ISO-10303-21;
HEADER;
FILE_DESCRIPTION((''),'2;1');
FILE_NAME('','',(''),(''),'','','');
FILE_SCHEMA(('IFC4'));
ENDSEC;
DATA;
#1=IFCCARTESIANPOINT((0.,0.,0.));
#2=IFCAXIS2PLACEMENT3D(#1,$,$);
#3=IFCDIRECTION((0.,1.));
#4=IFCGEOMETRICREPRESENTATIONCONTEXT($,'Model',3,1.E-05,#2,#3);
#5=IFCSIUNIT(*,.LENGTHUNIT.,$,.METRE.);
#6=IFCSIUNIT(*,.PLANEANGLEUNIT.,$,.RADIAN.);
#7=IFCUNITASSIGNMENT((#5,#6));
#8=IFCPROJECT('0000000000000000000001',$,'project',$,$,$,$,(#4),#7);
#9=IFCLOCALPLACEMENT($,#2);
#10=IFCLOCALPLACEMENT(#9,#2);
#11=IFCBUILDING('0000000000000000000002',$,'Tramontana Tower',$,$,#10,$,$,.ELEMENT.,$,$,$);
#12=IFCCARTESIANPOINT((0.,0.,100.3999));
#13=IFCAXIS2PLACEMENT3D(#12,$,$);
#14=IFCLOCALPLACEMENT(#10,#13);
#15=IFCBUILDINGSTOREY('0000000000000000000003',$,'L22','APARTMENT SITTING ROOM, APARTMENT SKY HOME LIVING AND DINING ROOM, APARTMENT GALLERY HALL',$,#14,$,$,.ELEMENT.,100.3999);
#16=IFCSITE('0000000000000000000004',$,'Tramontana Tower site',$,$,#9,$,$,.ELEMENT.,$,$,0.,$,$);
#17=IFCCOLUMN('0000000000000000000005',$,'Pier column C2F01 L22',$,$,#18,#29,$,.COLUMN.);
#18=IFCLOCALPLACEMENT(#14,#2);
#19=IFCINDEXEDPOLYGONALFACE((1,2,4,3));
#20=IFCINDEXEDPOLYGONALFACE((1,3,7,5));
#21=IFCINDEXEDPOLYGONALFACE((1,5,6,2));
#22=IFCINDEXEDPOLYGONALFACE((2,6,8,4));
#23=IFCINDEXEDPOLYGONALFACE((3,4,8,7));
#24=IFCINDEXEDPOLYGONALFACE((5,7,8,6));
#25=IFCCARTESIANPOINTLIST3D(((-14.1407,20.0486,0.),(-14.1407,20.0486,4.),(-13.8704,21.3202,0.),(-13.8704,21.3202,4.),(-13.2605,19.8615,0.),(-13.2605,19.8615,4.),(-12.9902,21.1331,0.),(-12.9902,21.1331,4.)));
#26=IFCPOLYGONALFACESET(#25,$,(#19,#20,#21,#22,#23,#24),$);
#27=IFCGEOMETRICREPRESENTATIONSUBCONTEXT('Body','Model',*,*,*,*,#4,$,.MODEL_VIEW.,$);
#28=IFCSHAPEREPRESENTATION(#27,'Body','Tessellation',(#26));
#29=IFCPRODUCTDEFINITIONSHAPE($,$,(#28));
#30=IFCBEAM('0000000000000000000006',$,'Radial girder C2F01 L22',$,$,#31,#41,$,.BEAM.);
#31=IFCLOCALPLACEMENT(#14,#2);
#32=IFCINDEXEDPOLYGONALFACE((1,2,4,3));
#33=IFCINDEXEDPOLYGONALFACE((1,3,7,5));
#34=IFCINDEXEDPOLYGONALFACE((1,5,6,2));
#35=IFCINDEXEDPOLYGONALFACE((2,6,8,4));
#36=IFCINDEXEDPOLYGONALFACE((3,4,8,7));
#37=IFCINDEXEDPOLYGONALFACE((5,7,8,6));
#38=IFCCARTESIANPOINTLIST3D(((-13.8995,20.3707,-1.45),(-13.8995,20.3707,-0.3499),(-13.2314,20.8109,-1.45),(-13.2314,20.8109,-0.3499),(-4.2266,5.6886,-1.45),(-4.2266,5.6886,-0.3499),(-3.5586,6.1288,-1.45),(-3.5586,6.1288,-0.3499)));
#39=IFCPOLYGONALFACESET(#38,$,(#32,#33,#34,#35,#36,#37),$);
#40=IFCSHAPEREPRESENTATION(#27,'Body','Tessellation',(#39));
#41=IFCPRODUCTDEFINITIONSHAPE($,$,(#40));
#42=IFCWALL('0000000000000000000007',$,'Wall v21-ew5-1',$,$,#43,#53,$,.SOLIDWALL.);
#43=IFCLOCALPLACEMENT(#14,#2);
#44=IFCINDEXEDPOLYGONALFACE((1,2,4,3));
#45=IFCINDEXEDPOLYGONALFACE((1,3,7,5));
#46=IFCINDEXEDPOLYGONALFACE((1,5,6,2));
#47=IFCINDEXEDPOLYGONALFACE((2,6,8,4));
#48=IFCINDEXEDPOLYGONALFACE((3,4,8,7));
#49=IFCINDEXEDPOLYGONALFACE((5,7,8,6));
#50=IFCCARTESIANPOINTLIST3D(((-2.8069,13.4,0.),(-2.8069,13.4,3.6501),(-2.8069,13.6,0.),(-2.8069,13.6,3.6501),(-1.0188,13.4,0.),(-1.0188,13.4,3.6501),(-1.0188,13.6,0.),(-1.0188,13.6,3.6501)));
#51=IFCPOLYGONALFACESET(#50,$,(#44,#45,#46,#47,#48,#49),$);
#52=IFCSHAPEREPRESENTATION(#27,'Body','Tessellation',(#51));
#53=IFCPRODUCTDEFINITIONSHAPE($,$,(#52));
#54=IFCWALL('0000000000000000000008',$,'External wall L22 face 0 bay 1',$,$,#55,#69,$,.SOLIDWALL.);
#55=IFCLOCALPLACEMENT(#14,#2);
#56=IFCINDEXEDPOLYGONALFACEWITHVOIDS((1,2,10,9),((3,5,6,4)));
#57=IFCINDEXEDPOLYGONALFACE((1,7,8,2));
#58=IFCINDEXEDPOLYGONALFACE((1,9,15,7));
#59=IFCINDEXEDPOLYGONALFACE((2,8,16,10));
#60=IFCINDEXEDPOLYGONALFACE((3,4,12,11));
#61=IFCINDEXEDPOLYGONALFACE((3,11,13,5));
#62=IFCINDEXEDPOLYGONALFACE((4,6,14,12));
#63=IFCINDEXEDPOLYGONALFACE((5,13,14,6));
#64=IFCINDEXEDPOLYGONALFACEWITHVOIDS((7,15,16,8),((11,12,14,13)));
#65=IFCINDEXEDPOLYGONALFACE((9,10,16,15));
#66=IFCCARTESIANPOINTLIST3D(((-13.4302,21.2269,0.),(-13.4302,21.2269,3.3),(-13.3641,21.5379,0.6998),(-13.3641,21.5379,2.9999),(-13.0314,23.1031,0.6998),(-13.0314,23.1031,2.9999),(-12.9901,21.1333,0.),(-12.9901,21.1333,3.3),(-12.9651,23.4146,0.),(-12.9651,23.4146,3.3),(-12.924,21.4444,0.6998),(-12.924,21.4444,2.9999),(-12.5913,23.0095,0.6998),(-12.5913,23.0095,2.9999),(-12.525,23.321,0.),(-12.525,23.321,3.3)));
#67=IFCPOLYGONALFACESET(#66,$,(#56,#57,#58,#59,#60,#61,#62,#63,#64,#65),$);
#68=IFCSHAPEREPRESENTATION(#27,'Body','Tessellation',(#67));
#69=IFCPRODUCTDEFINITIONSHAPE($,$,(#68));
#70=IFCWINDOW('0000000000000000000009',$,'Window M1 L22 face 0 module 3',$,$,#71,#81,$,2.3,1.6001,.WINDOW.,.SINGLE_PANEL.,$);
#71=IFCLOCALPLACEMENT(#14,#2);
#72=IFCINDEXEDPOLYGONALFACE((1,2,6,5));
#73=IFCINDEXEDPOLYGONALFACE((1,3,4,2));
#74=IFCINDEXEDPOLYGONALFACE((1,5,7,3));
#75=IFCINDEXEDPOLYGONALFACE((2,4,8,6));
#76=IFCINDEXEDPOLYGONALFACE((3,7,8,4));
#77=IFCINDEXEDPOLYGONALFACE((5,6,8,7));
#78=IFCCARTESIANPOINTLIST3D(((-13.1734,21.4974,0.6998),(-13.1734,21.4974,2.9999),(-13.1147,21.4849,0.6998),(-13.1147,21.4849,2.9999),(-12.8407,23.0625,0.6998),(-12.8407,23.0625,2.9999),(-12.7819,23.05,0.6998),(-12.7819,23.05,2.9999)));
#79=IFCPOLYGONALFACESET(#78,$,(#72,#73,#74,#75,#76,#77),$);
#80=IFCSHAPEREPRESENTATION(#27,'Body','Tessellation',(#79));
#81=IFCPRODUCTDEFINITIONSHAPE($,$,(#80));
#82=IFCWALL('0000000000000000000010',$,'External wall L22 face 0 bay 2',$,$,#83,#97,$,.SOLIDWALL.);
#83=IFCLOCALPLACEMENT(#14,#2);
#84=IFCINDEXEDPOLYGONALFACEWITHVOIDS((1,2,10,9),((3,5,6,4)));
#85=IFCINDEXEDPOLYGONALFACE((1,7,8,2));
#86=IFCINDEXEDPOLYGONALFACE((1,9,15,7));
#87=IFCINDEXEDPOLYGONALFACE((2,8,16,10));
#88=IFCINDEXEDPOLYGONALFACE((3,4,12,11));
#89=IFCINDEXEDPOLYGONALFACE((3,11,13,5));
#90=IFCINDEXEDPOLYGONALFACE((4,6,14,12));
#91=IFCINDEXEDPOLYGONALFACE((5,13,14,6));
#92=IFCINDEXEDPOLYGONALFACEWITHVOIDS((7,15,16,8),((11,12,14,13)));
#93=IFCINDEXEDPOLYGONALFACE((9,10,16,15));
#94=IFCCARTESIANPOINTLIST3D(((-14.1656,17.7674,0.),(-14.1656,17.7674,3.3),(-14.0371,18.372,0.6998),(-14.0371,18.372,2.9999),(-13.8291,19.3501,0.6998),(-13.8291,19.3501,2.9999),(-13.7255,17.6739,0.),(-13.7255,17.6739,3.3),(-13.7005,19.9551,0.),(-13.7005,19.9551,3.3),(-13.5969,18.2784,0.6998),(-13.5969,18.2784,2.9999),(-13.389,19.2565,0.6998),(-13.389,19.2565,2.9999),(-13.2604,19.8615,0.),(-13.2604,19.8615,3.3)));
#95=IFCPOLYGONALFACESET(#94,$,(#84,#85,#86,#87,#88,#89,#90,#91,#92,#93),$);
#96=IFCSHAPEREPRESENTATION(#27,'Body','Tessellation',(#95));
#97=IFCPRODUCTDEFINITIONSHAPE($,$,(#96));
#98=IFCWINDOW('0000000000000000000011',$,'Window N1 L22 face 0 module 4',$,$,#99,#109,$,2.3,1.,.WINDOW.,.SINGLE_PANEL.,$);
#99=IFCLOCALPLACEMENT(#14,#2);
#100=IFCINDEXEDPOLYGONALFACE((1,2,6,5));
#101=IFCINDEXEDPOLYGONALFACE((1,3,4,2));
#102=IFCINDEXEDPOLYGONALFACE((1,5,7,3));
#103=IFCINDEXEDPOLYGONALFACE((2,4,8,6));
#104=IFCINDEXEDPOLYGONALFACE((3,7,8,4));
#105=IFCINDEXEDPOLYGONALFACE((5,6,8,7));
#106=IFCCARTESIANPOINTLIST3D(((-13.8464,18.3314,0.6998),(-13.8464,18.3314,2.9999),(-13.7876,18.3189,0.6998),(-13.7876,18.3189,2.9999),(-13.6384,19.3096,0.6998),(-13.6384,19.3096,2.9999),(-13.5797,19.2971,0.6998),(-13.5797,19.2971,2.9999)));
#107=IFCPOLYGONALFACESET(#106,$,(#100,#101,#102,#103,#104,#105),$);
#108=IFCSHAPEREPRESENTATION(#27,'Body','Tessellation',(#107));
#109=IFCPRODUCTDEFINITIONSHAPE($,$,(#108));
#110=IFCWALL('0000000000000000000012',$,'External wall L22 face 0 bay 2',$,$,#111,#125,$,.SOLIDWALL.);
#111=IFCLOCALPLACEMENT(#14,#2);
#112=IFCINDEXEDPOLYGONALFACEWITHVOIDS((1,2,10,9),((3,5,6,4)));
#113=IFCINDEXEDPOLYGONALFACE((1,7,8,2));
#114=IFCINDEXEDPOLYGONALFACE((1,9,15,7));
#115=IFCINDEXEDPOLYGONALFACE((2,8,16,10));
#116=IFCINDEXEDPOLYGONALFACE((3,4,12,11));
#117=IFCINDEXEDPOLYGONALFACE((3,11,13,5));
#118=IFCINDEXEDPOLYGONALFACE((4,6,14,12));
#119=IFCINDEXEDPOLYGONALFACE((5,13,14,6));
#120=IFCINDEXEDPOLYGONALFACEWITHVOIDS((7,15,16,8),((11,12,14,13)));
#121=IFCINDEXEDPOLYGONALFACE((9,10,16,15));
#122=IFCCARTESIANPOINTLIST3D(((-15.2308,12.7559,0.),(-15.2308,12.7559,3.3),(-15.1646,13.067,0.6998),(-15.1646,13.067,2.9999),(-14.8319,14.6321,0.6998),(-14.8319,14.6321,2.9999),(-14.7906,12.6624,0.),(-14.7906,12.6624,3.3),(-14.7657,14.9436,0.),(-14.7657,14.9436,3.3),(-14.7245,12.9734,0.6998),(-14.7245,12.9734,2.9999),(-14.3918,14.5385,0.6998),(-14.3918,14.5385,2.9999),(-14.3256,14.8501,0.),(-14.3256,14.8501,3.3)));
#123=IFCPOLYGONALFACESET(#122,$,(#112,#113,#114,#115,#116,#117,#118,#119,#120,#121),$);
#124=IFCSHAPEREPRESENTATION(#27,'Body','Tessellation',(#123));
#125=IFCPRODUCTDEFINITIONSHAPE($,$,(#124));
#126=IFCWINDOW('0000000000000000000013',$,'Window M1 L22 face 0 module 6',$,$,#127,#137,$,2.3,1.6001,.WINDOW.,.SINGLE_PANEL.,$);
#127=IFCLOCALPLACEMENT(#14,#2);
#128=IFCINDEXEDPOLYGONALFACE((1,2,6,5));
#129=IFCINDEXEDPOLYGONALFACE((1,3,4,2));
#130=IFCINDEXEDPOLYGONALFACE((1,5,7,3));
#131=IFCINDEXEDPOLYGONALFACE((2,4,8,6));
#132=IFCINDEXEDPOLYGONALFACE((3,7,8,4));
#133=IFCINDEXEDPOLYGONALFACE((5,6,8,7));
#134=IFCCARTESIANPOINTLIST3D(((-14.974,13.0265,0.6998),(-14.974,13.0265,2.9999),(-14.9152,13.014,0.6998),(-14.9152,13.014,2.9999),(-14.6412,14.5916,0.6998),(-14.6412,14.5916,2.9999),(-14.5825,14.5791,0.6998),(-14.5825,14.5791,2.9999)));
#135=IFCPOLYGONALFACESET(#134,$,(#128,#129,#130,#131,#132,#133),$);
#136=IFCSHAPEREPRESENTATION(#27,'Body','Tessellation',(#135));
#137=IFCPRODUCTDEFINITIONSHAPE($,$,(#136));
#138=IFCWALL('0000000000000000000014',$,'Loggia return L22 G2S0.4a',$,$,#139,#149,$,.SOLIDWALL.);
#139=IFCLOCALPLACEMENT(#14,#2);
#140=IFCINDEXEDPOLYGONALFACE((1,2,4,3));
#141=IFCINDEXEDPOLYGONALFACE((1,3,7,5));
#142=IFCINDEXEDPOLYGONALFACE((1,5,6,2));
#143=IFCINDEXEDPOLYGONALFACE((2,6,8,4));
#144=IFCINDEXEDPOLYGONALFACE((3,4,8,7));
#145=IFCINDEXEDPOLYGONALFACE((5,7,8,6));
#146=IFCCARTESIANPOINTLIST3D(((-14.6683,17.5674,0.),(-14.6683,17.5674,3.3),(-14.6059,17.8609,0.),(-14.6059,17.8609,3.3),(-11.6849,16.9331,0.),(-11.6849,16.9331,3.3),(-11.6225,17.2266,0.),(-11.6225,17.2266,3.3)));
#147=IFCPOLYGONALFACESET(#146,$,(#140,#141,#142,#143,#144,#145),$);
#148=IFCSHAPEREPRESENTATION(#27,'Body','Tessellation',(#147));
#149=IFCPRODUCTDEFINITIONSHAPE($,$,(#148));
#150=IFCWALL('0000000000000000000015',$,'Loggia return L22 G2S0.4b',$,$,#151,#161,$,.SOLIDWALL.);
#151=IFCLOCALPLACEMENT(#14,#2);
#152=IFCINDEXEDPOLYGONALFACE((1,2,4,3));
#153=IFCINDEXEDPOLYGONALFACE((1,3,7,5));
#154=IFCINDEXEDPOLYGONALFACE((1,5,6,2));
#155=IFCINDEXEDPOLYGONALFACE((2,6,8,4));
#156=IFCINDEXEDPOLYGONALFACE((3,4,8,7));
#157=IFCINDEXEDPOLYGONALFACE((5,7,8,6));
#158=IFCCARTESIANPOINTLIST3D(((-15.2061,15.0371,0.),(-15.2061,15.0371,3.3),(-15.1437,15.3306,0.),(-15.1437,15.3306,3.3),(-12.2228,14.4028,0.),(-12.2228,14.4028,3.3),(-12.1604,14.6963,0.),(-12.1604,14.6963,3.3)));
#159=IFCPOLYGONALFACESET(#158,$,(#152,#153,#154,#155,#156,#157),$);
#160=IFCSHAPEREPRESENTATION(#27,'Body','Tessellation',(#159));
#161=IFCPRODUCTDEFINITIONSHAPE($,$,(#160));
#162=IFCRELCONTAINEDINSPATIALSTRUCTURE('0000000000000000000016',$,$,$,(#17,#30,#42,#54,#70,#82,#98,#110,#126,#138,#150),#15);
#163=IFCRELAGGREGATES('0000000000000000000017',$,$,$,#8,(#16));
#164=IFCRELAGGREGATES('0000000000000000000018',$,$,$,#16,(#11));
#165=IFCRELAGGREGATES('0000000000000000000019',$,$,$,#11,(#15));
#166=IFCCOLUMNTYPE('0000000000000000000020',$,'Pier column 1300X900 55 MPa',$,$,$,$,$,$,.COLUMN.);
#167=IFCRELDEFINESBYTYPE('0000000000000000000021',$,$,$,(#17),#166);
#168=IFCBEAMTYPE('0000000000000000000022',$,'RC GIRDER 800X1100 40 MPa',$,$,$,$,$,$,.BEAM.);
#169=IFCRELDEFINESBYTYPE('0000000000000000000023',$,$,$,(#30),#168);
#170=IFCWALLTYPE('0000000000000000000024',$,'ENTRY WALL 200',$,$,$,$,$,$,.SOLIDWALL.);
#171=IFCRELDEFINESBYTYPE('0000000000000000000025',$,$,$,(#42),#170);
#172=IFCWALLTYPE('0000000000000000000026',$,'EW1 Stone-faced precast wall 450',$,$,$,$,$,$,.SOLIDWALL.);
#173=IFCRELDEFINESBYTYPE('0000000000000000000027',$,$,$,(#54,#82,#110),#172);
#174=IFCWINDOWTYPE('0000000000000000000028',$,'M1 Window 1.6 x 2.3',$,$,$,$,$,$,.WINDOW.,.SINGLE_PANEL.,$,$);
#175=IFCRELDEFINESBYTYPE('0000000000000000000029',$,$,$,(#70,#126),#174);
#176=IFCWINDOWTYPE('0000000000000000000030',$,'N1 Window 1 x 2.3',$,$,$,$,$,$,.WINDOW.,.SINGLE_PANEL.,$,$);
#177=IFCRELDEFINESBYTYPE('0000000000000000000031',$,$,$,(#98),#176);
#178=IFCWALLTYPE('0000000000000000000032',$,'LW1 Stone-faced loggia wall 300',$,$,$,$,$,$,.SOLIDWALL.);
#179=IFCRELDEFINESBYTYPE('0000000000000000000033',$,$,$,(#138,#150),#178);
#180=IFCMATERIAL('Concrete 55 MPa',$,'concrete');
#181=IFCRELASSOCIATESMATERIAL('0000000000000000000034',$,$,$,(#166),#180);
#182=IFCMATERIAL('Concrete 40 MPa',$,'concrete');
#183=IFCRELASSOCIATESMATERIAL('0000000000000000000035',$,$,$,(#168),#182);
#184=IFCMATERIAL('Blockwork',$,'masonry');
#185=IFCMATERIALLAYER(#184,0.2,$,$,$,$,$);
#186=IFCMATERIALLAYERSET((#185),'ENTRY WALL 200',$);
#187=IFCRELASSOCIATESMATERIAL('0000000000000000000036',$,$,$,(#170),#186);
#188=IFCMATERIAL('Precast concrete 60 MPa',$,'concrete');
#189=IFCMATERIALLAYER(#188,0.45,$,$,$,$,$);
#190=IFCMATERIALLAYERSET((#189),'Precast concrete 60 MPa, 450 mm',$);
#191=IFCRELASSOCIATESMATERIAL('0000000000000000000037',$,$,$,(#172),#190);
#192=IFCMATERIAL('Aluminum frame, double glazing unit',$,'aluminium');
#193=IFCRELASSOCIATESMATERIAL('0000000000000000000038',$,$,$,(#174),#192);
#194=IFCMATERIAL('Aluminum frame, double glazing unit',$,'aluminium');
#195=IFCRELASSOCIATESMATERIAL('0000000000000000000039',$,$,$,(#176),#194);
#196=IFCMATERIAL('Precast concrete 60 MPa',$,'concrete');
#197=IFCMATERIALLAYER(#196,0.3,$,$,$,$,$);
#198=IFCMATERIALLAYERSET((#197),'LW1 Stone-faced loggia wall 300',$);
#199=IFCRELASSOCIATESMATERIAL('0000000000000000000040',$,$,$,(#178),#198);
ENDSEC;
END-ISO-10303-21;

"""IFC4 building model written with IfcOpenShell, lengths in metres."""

from ifc_helpers import new_model, si_unit, direction, frame, frame_2d, origin, origin_2d, place, context, subcontext, project, spatial, rectangle, extrude, material, layer, layer_set, material_profile, profile_set, type_object, element, fill, save


model = new_model("IFC4")

# Units and contexts
model_context = context("Model", 3, precision=1e-05, world=origin(), true_north=direction((0.0, 1.0)))
body_context = subcontext(model_context, "Body", "Model", "MODEL_VIEW")
ifc_project = project(units=[si_unit("LENGTHUNIT", "METRE"), si_unit("PLANEANGLEUNIT", "RADIAN")], contexts=[model_context])

# Site, building, storey
site_placement = place(None, origin())
site = spatial("IfcSite", under=ifc_project, at=site_placement, Name="Tramontana Tower site", CompositionType="ELEMENT", RefElevation=0.0)
building_placement = place(site_placement, origin())
building = spatial("IfcBuilding", under=site, at=building_placement, Name="Tramontana Tower", CompositionType="ELEMENT")
storey_placement = place(building_placement, frame((0.0, 0.0, 100.3999)))
storey = spatial("IfcBuildingStorey", under=building, at=storey_placement, Name="L22", Description="APARTMENT SITTING ROOM, APARTMENT SKY HOME LIVING AND DINING ROOM, APARTMENT GALLERY HALL", CompositionType="ELEMENT", Elevation=100.3999)

# Column
ifc_material_1 = material(Name="Concrete 55 MPa", Category="concrete")
ifc_material_profile_1 = material_profile(ifc_material_1, rectangle(XDim=1.3, YDim=0.8999, at=origin_2d()), Name="Pier column 1300X900 55 MPa")
ifc_profile_set_1 = profile_set([ifc_material_profile_1], Name="Concrete 55 MPa")
column_type = type_object("IfcColumnType", Name="Pier column 1300X900 55 MPa", PredefinedType="COLUMN", material=ifc_profile_set_1)
column_placement = place(storey_placement, frame((-13.5654, 20.5908, 0.0), z_axis=(0.0, 0.0, 1.0), x_axis=(-0.207912, -0.978148, 0.0)))
element("IfcColumn", 1, at=column_placement, inside=storey, type_object=column_type, Name="Pier column C2F01 L22", PredefinedType="COLUMN", context=body_context, shape_type="SweptSolid", body=[
    extrude(rectangle(XDim=1.3, YDim=0.8999, at=origin_2d()), origin(), (0.0, 0.0, 1.0), 4.0),
])

# Beam
ifc_material_2 = material(Name="Concrete 40 MPa", Category="concrete")
ifc_material_profile_2 = material_profile(ifc_material_2, rectangle(XDim=0.8, YDim=1.1001, at=origin_2d()), Name="RC GIRDER 800X1100 40 MPa")
ifc_profile_set_2 = profile_set([ifc_material_profile_2], Name="Concrete 40 MPa")
beam_type = type_object("IfcBeamType", Name="RC GIRDER 800X1100 40 MPa", PredefinedType="BEAM", material=ifc_profile_set_2)
beam_placement = place(storey_placement, frame((-13.5654, 20.5908, -0.8999), z_axis=(0.550155, -0.835063, 0.0), x_axis=(0.835063, 0.550155, 0.0)))
element("IfcBeam", 2, at=beam_placement, inside=storey, type_object=beam_type, Name="Radial girder C2F01 L22", PredefinedType="BEAM", context=body_context, shape_type="SweptSolid", body=[
    extrude(rectangle(XDim=0.8, YDim=1.1001, at=origin_2d()), origin(), (0.0, 0.0, 1.0), 17.582),
])

# Wall
ifc_material_3 = material(Name="Blockwork", Category="masonry")
ifc_layer_1 = layer(ifc_material_3, 0.2)
ifc_layer_set_1 = layer_set([ifc_layer_1], Name="ENTRY WALL 200")
wall_type_1 = type_object("IfcWallType", Name="ENTRY WALL 200", PredefinedType="SOLIDWALL", material=ifc_layer_set_1)
wall_1_placement = place(storey_placement, frame((-2.8069, 13.5, 0.0), z_axis=(0.0, 0.0, 1.0), x_axis=(1.0, 0.0, 0.0)))
element("IfcWall", 3, at=wall_1_placement, inside=storey, type_object=wall_type_1, Name="Wall v21-ew5-1", PredefinedType="SOLIDWALL", context=body_context, shape_type="SweptSolid", body=[
    extrude(rectangle(XDim=1.7881, YDim=0.2, at=frame_2d((0.894, 0.0))), origin(), (0.0, 0.0, 1.0), 3.6501),
])

# Walls, openings, windows
ifc_material_4 = material(Name="Precast concrete 60 MPa", Category="concrete")
ifc_layer_2 = layer(ifc_material_4, 0.45)
ifc_layer_set_2 = layer_set([ifc_layer_2], Name="Precast concrete 60 MPa, 450 mm")
wall_type_2 = type_object("IfcWallType", Name="EW1 Stone-faced precast wall 450", PredefinedType="SOLIDWALL", material=ifc_layer_set_2)
wall_2_placement = place(storey_placement, frame((-12.7451, 23.3677, 0.0), z_axis=(0.0, 0.0, 1.0), x_axis=(-0.207941, -0.978141, 0.0)))
wall_2 = element("IfcWall", 4, at=wall_2_placement, inside=storey, type_object=wall_type_2, Name="External wall L22 face 0 bay 1", PredefinedType="SOLIDWALL", context=body_context, shape_type="SweptSolid", body=[
    extrude(rectangle(XDim=2.2366, YDim=0.45, at=frame_2d((1.1182, 0.0))), origin(), (0.0, 0.0, 1.0), 3.3),
])
opening_1_placement = place(wall_2_placement, frame((0.3184, 0.0, 0.7)))
opening_1 = element("IfcOpeningElement", 5, at=opening_1_placement, cuts=wall_2, PredefinedType="OPENING", context=body_context, shape_type="SweptSolid", body=[
    extrude(rectangle(XDim=1.6001, YDim=2.3, at=frame_2d((0.8, 1.1499))), frame((0.0, 0.2349, 0.0), z_axis=(0.0, -1.0, 0.0), x_axis=(1.0, 0.0, 0.0)), (0.0, 0.0, 1.0), 0.47),
])
ifc_material_5 = material(Name="Aluminum frame, double glazing unit", Category="aluminium")
window_type_1 = type_object("IfcWindowType", Name="M1 Window 1.6 x 2.3", PartitioningType="SINGLE_PANEL", PredefinedType="WINDOW", material=ifc_material_5)
window_1_placement = place(opening_1_placement, origin())
window_1 = element("IfcWindow", 6, at=window_1_placement, inside=storey, type_object=window_type_1, Name="Window M1 L22 face 0 module 3", OverallHeight=2.3, OverallWidth=1.6001, PartitioningType="SINGLE_PANEL", PredefinedType="WINDOW", context=body_context, shape_type="SweptSolid", body=[
    extrude(rectangle(XDim=1.6001, YDim=2.3, at=frame_2d((0.8, 1.1499))), frame((0.0, 0.03, 0.0), z_axis=(0.0, -1.0, 0.0), x_axis=(1.0, 0.0, 0.0)), (0.0, 0.0, 1.0), 0.0601),
])
fill(opening_1, window_1)
wall_3_placement = place(storey_placement, frame((-13.4805, 19.9082, 0.0), z_axis=(0.0, 0.0, 1.0), x_axis=(-0.207941, -0.978141, 0.0)))
wall_3 = element("IfcWall", 7, at=wall_3_placement, inside=storey, type_object=wall_type_2, Name="External wall L22 face 0 bay 2", PredefinedType="SOLIDWALL", context=body_context, shape_type="SweptSolid", body=[
    extrude(rectangle(XDim=2.2366, YDim=0.45, at=frame_2d((1.1182, 0.0))), origin(), (0.0, 0.0, 1.0), 3.3),
])
opening_2_placement = place(wall_3_placement, frame((0.6184, 0.0, 0.7)))
opening_2 = element("IfcOpeningElement", 8, at=opening_2_placement, cuts=wall_3, PredefinedType="OPENING", context=body_context, shape_type="SweptSolid", body=[
    extrude(rectangle(XDim=1.0, YDim=2.3, at=frame_2d((0.5, 1.1499))), frame((0.0, 0.2349, 0.0), z_axis=(0.0, -1.0, 0.0), x_axis=(1.0, 0.0, 0.0)), (0.0, 0.0, 1.0), 0.47),
])
ifc_material_6 = material(Name="Aluminum frame, double glazing unit", Category="aluminium")
window_type_2 = type_object("IfcWindowType", Name="N1 Window 1 x 2.3", PartitioningType="SINGLE_PANEL", PredefinedType="WINDOW", material=ifc_material_6)
window_2_placement = place(opening_2_placement, origin())
window_2 = element("IfcWindow", 9, at=window_2_placement, inside=storey, type_object=window_type_2, Name="Window N1 L22 face 0 module 4", OverallHeight=2.3, OverallWidth=1.0, PartitioningType="SINGLE_PANEL", PredefinedType="WINDOW", context=body_context, shape_type="SweptSolid", body=[
    extrude(rectangle(XDim=1.0, YDim=2.3, at=frame_2d((0.5, 1.1499))), frame((0.0, 0.03, 0.0), z_axis=(0.0, -1.0, 0.0), x_axis=(1.0, 0.0, 0.0)), (0.0, 0.0, 1.0), 0.0601),
])
fill(opening_2, window_2)
wall_4_placement = place(storey_placement, frame((-14.5457, 14.8967, 0.0), z_axis=(0.0, 0.0, 1.0), x_axis=(-0.207941, -0.978141, 0.0)))
wall_4 = element("IfcWall", 10, at=wall_4_placement, inside=storey, type_object=wall_type_2, Name="External wall L22 face 0 bay 2", PredefinedType="SOLIDWALL", context=body_context, shape_type="SweptSolid", body=[
    extrude(rectangle(XDim=2.2366, YDim=0.45, at=frame_2d((1.1182, 0.0))), origin(), (0.0, 0.0, 1.0), 3.3),
])
opening_3_placement = place(wall_4_placement, frame((0.3184, 0.0, 0.7)))
opening_3 = element("IfcOpeningElement", 11, at=opening_3_placement, cuts=wall_4, PredefinedType="OPENING", context=body_context, shape_type="SweptSolid", body=[
    extrude(rectangle(XDim=1.6001, YDim=2.3, at=frame_2d((0.8, 1.1499))), frame((0.0, 0.2349, 0.0), z_axis=(0.0, -1.0, 0.0), x_axis=(1.0, 0.0, 0.0)), (0.0, 0.0, 1.0), 0.47),
])
window_3_placement = place(opening_3_placement, origin())
window_3 = element("IfcWindow", 12, at=window_3_placement, inside=storey, type_object=window_type_1, Name="Window M1 L22 face 0 module 6", OverallHeight=2.3, OverallWidth=1.6001, PartitioningType="SINGLE_PANEL", PredefinedType="WINDOW", context=body_context, shape_type="SweptSolid", body=[
    extrude(rectangle(XDim=1.6001, YDim=2.3, at=frame_2d((0.8, 1.1499))), frame((0.0, 0.03, 0.0), z_axis=(0.0, -1.0, 0.0), x_axis=(1.0, 0.0, 0.0)), (0.0, 0.0, 1.0), 0.0601),
])
fill(opening_3, window_3)

# Shared definitions
ifc_material_7 = material(Name="Precast concrete 60 MPa", Category="concrete")
ifc_layer_3 = layer(ifc_material_7, 0.3)
ifc_layer_set_3 = layer_set([ifc_layer_3], Name="LW1 Stone-faced loggia wall 300")
wall_type_3 = type_object("IfcWallType", Name="LW1 Stone-faced loggia wall 300", PredefinedType="SOLIDWALL", material=ifc_layer_set_3)

# Walls
for number, where, z_axis, x_axis, name in (
    (13, (-14.637, 17.7141, 0.0), (0.0, 0.0, 1.0), (0.978139, -0.207954, 0.0), "Loggia return L22 G2S0.4a"),
    (14, (-15.1748, 15.1838, 0.0), (0.0, 0.0, 1.0), (0.978139, -0.207954, 0.0), "Loggia return L22 G2S0.4b"),
):
    element("IfcWall", number, at=place(storey_placement, frame(where, z_axis=z_axis, x_axis=x_axis)), inside=storey, type_object=wall_type_3, Name=name, PredefinedType="SOLIDWALL", context=body_context, shape_type="SweptSolid", body=[
        extrude(rectangle(XDim=3.05, YDim=0.3, at=frame_2d((1.5249, 0.0))), origin(), (0.0, 0.0, 1.0), 3.3),
    ])

save(model, "model.ifc")
